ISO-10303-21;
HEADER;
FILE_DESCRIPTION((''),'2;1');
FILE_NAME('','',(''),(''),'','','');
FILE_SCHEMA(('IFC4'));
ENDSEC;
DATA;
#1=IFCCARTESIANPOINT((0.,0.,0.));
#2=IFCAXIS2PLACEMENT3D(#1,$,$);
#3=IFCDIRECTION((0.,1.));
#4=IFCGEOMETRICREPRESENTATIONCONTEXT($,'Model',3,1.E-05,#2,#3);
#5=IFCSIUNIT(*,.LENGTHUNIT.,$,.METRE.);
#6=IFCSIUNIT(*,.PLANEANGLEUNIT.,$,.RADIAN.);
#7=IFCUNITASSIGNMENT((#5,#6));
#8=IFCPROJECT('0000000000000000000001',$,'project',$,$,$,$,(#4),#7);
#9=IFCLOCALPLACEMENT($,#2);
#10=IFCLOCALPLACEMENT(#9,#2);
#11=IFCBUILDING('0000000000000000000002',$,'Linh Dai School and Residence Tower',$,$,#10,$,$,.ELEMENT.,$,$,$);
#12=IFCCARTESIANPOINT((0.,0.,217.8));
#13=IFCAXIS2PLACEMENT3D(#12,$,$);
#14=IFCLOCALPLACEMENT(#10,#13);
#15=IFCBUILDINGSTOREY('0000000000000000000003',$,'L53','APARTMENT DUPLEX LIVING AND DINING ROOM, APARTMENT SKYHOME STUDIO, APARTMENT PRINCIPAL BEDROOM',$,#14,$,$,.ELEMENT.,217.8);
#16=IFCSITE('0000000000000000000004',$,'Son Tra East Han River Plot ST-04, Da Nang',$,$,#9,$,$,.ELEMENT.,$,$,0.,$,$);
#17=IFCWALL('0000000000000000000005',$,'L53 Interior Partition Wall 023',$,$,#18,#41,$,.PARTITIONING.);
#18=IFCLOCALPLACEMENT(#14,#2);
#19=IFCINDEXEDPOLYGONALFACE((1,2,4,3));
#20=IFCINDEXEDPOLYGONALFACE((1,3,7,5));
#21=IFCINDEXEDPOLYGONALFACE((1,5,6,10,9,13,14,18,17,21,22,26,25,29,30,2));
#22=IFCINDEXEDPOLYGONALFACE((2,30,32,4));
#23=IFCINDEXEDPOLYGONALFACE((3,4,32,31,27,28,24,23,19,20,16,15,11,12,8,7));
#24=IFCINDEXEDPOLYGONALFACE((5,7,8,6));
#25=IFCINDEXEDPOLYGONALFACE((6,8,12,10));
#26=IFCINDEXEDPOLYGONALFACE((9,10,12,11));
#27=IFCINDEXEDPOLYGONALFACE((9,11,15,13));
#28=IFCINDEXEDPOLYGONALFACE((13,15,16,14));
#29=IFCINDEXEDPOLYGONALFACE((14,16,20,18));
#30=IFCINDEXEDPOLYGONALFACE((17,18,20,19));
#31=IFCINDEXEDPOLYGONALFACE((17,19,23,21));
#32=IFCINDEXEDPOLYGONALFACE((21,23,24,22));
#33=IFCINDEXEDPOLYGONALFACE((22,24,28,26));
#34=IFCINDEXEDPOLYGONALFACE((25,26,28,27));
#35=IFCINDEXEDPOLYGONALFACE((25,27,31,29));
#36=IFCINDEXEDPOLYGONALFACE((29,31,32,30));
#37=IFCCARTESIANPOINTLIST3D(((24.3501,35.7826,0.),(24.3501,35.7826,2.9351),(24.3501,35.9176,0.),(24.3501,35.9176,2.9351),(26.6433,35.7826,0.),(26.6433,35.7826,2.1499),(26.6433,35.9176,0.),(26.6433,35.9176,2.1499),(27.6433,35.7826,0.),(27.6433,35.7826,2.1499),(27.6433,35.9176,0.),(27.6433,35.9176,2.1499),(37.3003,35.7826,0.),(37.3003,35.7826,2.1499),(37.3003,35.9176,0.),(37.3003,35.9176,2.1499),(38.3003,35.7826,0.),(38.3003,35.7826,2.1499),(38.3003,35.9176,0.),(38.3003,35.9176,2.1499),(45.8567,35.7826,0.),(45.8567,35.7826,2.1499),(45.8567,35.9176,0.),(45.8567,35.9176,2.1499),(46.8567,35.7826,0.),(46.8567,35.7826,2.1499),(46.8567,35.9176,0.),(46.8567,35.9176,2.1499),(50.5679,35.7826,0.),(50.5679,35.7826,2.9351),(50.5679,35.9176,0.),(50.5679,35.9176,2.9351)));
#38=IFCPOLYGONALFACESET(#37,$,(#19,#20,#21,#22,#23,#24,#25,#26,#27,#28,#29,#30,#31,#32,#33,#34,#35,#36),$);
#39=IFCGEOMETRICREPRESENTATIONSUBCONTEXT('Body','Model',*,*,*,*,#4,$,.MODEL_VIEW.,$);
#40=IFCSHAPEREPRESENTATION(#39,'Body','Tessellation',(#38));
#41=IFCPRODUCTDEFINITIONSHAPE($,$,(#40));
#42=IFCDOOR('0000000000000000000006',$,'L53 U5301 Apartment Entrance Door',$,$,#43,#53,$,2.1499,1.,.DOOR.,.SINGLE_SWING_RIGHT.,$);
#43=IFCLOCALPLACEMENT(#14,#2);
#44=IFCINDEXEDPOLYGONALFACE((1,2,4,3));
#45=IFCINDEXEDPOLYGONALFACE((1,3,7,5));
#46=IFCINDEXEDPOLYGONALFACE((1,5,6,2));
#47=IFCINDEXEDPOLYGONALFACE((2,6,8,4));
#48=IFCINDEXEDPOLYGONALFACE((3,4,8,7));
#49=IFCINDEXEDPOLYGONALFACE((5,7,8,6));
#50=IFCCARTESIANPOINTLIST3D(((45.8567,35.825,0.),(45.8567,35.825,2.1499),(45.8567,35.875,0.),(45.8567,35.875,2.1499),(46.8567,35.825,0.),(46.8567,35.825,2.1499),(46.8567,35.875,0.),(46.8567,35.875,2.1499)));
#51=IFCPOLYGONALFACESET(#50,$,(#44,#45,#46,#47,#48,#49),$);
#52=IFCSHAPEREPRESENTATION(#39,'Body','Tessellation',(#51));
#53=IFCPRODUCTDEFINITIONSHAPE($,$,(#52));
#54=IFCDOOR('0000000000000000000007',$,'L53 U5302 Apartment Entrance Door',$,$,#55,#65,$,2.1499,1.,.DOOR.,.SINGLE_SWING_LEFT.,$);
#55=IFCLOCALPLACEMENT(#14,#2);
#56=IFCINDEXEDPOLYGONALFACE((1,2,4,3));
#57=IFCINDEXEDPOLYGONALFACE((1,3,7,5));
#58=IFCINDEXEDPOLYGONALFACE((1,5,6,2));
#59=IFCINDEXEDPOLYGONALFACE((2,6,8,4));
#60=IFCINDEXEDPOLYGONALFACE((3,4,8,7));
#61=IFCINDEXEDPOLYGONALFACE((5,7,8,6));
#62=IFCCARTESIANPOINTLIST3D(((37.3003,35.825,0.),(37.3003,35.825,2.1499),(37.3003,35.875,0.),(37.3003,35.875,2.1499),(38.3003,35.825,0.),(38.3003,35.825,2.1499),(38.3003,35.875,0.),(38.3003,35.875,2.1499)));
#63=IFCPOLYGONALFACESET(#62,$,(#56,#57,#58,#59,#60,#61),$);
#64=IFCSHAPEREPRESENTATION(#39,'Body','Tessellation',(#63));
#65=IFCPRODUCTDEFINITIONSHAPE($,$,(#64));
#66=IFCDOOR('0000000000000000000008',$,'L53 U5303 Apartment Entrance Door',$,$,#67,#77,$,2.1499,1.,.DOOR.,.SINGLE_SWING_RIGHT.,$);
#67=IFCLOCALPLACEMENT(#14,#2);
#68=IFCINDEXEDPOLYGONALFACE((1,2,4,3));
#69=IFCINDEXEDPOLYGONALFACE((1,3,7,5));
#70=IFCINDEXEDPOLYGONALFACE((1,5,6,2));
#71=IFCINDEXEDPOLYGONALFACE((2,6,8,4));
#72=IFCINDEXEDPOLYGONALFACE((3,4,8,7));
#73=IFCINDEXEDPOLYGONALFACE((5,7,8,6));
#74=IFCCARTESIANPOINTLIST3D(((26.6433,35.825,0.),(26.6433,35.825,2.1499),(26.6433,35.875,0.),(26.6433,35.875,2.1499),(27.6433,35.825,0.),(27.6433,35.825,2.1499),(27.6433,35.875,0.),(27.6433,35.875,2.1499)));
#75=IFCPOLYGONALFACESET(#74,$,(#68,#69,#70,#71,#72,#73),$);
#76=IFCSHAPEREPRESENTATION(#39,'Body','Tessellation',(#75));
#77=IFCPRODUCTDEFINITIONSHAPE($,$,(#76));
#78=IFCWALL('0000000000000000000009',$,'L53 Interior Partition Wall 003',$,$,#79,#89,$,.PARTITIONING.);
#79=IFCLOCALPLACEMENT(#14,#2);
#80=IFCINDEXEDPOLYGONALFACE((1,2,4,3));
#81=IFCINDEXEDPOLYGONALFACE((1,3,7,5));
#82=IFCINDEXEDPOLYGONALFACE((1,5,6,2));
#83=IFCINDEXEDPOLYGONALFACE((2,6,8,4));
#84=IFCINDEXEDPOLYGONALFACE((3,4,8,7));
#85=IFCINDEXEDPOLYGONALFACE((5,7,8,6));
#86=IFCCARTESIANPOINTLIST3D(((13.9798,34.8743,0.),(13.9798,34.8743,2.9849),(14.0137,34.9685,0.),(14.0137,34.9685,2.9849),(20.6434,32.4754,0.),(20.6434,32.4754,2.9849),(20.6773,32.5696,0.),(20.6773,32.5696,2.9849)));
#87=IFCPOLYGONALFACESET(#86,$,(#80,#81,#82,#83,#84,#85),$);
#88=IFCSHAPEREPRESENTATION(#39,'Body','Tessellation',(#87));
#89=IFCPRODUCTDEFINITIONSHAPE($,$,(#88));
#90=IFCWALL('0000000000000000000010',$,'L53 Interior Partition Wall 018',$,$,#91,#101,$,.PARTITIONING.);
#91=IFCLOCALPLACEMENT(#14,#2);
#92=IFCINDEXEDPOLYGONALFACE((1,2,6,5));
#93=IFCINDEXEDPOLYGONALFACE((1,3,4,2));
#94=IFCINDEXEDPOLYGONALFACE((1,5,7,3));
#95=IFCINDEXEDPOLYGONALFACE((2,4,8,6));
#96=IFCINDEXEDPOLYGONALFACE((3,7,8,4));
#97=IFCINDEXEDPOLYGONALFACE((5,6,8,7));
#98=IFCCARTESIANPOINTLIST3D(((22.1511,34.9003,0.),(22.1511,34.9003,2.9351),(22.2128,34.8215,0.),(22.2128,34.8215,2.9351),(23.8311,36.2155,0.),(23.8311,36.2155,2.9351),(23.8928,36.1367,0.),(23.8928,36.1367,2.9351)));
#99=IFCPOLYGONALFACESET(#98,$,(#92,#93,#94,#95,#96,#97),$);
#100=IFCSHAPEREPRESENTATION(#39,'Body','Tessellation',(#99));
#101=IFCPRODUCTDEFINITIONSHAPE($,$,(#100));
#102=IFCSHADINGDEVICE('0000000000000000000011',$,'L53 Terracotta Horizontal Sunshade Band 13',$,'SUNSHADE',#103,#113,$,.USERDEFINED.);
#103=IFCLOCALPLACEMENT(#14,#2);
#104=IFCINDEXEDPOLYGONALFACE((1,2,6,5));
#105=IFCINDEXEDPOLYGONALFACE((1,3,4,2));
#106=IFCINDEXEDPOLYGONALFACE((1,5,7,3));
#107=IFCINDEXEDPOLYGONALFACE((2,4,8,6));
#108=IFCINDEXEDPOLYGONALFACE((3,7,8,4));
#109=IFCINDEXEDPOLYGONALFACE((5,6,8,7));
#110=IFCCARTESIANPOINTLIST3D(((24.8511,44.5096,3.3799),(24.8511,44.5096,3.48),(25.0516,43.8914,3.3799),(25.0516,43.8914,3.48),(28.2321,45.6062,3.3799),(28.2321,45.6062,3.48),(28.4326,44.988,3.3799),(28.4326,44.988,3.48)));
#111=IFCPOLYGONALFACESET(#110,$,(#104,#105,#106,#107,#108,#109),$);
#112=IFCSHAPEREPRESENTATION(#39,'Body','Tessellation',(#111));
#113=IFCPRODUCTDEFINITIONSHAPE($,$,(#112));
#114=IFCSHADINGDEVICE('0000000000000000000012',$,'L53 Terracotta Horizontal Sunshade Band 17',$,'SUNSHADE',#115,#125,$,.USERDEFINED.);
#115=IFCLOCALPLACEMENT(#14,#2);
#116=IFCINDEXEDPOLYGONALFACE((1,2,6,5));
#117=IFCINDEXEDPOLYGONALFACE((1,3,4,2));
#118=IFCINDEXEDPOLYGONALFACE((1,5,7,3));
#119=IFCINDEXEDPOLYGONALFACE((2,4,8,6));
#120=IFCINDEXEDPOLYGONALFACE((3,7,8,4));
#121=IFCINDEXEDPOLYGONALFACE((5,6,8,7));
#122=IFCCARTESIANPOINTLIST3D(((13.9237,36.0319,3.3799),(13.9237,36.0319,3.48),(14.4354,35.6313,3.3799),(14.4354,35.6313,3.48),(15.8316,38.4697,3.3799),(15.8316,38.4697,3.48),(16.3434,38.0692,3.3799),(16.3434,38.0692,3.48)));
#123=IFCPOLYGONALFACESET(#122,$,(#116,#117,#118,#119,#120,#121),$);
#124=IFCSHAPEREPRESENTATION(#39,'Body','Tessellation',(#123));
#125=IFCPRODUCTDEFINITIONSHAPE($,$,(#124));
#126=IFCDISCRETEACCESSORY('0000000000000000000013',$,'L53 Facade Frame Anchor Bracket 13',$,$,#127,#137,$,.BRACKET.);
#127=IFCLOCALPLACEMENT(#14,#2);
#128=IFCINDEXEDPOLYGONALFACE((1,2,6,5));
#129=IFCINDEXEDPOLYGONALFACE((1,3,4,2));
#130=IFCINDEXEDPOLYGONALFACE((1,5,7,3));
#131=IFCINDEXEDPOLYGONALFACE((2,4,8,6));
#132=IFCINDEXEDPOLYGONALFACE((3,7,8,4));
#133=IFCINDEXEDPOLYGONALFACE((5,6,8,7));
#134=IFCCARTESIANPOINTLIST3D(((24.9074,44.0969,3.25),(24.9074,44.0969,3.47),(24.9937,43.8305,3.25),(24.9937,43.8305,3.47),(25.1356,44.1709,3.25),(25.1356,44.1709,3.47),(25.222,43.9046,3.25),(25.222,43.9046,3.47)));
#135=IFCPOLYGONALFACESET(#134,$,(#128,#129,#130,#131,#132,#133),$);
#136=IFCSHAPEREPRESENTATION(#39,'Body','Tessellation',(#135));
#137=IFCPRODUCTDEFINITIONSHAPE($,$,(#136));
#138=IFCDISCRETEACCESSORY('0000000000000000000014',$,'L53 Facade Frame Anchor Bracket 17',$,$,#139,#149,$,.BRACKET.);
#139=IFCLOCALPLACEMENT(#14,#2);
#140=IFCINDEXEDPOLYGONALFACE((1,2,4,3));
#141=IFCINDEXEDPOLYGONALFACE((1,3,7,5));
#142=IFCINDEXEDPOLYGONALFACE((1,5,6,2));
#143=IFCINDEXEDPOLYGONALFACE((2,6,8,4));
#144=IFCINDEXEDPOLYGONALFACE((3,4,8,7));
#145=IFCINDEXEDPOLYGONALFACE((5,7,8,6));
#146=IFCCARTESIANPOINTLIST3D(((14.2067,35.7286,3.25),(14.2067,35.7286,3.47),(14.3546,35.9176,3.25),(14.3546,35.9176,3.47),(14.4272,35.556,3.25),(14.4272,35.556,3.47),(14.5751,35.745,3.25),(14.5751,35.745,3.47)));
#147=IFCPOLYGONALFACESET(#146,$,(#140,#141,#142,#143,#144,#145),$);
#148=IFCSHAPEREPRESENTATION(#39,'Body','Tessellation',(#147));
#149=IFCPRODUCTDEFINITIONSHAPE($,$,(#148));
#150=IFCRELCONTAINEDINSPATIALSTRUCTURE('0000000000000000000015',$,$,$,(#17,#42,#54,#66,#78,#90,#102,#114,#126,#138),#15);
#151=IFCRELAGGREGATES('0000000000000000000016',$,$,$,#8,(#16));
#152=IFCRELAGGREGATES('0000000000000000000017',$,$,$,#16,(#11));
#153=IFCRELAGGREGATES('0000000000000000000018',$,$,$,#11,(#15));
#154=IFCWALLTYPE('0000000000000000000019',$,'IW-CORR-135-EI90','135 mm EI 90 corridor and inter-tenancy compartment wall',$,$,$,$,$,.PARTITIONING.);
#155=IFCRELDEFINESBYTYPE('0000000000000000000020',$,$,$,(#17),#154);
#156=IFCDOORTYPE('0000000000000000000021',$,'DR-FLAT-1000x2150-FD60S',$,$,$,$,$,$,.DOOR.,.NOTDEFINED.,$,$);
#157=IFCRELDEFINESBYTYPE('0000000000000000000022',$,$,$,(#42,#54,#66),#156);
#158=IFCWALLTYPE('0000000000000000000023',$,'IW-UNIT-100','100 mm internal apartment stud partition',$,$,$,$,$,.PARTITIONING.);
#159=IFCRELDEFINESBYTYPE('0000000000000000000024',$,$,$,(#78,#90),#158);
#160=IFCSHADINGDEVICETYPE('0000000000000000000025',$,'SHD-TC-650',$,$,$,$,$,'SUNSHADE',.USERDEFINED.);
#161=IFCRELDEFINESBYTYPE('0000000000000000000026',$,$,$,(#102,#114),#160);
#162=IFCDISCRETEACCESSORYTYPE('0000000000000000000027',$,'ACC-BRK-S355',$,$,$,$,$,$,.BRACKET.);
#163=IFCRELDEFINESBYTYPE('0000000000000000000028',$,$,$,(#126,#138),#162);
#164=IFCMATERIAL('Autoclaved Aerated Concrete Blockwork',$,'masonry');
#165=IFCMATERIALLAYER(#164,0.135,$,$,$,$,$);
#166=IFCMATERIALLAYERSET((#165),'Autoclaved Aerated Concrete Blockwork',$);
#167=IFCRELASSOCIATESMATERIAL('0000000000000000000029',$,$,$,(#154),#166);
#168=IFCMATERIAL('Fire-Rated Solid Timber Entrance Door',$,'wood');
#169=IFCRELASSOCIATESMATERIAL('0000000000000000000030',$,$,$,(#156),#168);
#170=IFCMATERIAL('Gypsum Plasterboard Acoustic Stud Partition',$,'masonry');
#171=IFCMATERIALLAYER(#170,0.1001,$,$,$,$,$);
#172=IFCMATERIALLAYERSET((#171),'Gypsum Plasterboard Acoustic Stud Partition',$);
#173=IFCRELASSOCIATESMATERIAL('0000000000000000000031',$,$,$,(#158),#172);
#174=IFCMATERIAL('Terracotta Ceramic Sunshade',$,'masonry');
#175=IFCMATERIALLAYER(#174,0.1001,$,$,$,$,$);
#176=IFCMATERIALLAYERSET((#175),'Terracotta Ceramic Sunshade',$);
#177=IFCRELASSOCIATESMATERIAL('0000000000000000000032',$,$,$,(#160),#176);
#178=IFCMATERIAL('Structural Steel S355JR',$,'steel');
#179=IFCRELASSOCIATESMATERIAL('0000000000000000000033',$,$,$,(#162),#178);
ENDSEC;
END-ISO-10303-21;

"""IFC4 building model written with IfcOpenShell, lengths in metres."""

from ifc_helpers import new_model, si_unit, direction, frame, frame_2d, origin, origin_2d, place, context, subcontext, project, spatial, rectangle, extrude, source, transform, mapped, material, layer, layer_set, type_object, element, fill, save


model = new_model("IFC4")

# Units and contexts
model_context = context("Model", 3, precision=1e-05, world=origin(), true_north=direction((0.0, 1.0)))
body_context = subcontext(model_context, "Body", "Model", "MODEL_VIEW")
ifc_project = project(units=[si_unit("LENGTHUNIT", "METRE"), si_unit("PLANEANGLEUNIT", "RADIAN")], contexts=[model_context])

# Site, building, storey
site_placement = place(None, origin())
site = spatial("IfcSite", under=ifc_project, at=site_placement, Name="Son Tra East Han River Plot ST-04, Da Nang", CompositionType="ELEMENT", RefElevation=0.0)
building_placement = place(site_placement, origin())
building = spatial("IfcBuilding", under=site, at=building_placement, Name="Linh Dai School and Residence Tower", CompositionType="ELEMENT")
storey_placement = place(building_placement, frame((0.0, 0.0, 217.8)))
storey = spatial("IfcBuildingStorey", under=building, at=storey_placement, Name="L53", Description="APARTMENT DUPLEX LIVING AND DINING ROOM, APARTMENT SKYHOME STUDIO, APARTMENT PRINCIPAL BEDROOM", CompositionType="ELEMENT", Elevation=217.8)

# Shared definitions
ifc_material_1 = material(Name="Structural Steel S355JR", Category="steel")

# Shared definitions
ifc_material_2 = material(Name="Autoclaved Aerated Concrete Blockwork", Category="masonry")
ifc_layer_1 = layer(ifc_material_2, 0.135)
ifc_layer_set_1 = layer_set([ifc_layer_1], Name="Autoclaved Aerated Concrete Blockwork")
wall_type_1 = type_object("IfcWallType", Name="IW-CORR-135-EI90", Description="135 mm EI 90 corridor and inter-tenancy compartment wall", PredefinedType="PARTITIONING", material=ifc_layer_set_1)

# Wall, openings, doors
wall_1_placement = place(storey_placement, frame((24.3501, 35.8501, 0.0), z_axis=(0.0, 0.0, 1.0), x_axis=(1.0, 0.0, 0.0)))
wall_1 = element("IfcWall", 1, at=wall_1_placement, inside=storey, type_object=wall_type_1, Name="L53 Interior Partition Wall 023", PredefinedType="PARTITIONING", context=body_context, shape_type="SweptSolid", body=[
    extrude(rectangle(XDim=26.2178, YDim=0.135, at=frame_2d((13.1089, 0.0))), origin(), (0.0, 0.0, 1.0), 2.9351),
])
opening_1_placement = place(wall_1_placement, frame((21.5066, 0.0, 0.0)))
opening_1 = element("IfcOpeningElement", 2, at=opening_1_placement, cuts=wall_1, PredefinedType="OPENING", context=body_context, shape_type="SweptSolid", body=[
    extrude(rectangle(XDim=1.0, YDim=2.1499, at=origin_2d()), frame((0.5, 0.0776, 1.075), z_axis=(0.0, -1.0, 0.0), x_axis=(1.0, 0.0, 0.0)), (0.0, 0.0, 1.0), 0.155),
])
opening_2_placement = place(wall_1_placement, frame((12.9502, 0.0, 0.0)))
opening_2 = element("IfcOpeningElement", 3, at=opening_2_placement, cuts=wall_1, PredefinedType="OPENING", context=body_context, shape_type="SweptSolid", body=[
    extrude(rectangle(XDim=1.0, YDim=2.1499, at=origin_2d()), frame((0.5, 0.0776, 1.075), z_axis=(0.0, -1.0, 0.0), x_axis=(1.0, 0.0, 0.0)), (0.0, 0.0, 1.0), 0.155),
])
opening_3_placement = place(wall_1_placement, frame((2.2932, 0.0, 0.0)))
opening_3 = element("IfcOpeningElement", 4, at=opening_3_placement, cuts=wall_1, PredefinedType="OPENING", context=body_context, shape_type="SweptSolid", body=[
    extrude(rectangle(XDim=1.0, YDim=2.1499, at=origin_2d()), frame((0.5, 0.0776, 1.075), z_axis=(0.0, -1.0, 0.0), x_axis=(1.0, 0.0, 0.0)), (0.0, 0.0, 1.0), 0.155),
])
ifc_material_3 = material(Name="Fire-Rated Solid Timber Entrance Door", Category="wood")
door_type_1 = type_object("IfcDoorType", Name="DR-FLAT-1000x2150-FD60S", OperationType="NOTDEFINED", PredefinedType="DOOR", material=ifc_material_3)
shared_shape_1 = source(origin(), body_context, "Body", "SweptSolid", [
    extrude(rectangle(XDim=1.0, YDim=2.1499, at=origin_2d()), frame((0.5, 0.0249, 1.075), z_axis=(0.0, -1.0, 0.0), x_axis=(1.0, 0.0, 0.0)), (0.0, 0.0, 1.0), 0.05),
])
door_1_placement = place(opening_1_placement, origin())
door_1 = element("IfcDoor", 5, at=door_1_placement, inside=storey, type_object=door_type_1, Name="L53 U5301 Apartment Entrance Door", OperationType="SINGLE_SWING_RIGHT", OverallHeight=2.1499, OverallWidth=1.0, PredefinedType="DOOR", context=body_context, shape_type="MappedRepresentation", body=[
    mapped(shared_shape_1, transform((0.0, 0.0, 0.0), x_axis=(1.0, 0.0, 0.0), y_axis=(0.0, 1.0, 0.0), z_axis=(0.0, 0.0, 1.0), scale=1.0)),
])
fill(opening_1, door_1)
door_2_placement = place(opening_2_placement, origin())
door_2 = element("IfcDoor", 6, at=door_2_placement, inside=storey, type_object=door_type_1, Name="L53 U5302 Apartment Entrance Door", OperationType="SINGLE_SWING_LEFT", OverallHeight=2.1499, OverallWidth=1.0, PredefinedType="DOOR", context=body_context, shape_type="MappedRepresentation", body=[
    mapped(shared_shape_1, transform((0.0, 0.0, 0.0), x_axis=(1.0, 0.0, 0.0), y_axis=(0.0, 1.0, 0.0), z_axis=(0.0, 0.0, 1.0), scale=1.0)),
])
fill(opening_2, door_2)
door_3_placement = place(opening_3_placement, origin())
door_3 = element("IfcDoor", 7, at=door_3_placement, inside=storey, type_object=door_type_1, Name="L53 U5303 Apartment Entrance Door", OperationType="SINGLE_SWING_RIGHT", OverallHeight=2.1499, OverallWidth=1.0, PredefinedType="DOOR", context=body_context, shape_type="MappedRepresentation", body=[
    mapped(shared_shape_1, transform((0.0, 0.0, 0.0), x_axis=(1.0, 0.0, 0.0), y_axis=(0.0, 1.0, 0.0), z_axis=(0.0, 0.0, 1.0), scale=1.0)),
])
fill(opening_3, door_3)

# Walls
ifc_material_4 = material(Name="Gypsum Plasterboard Acoustic Stud Partition", Category="masonry")
ifc_layer_2 = layer(ifc_material_4, 0.1001)
ifc_layer_set_2 = layer_set([ifc_layer_2], Name="Gypsum Plasterboard Acoustic Stud Partition")
wall_type_2 = type_object("IfcWallType", Name="IW-UNIT-100", Description="100 mm internal apartment stud partition", PredefinedType="PARTITIONING", material=ifc_layer_set_2)
wall_2_placement = place(storey_placement, frame((13.9968, 34.9214, 0.0), z_axis=(0.0, 0.0, 1.0), x_axis=(0.940886, -0.338724, 0.0)))
element("IfcWall", 8, at=wall_2_placement, inside=storey, type_object=wall_type_2, Name="L53 Interior Partition Wall 003", PredefinedType="PARTITIONING", context=body_context, shape_type="SweptSolid", body=[
    extrude(rectangle(XDim=7.0823, YDim=0.1001, at=frame_2d((3.541, 0.0))), origin(), (0.0, 0.0, 1.0), 2.9849),
])
wall_3_placement = place(storey_placement, frame((22.1819, 34.8608, 0.0), z_axis=(0.0, 0.0, 1.0), x_axis=(0.787401, 0.616441, 0.0)))
element("IfcWall", 9, at=wall_3_placement, inside=storey, type_object=wall_type_2, Name="L53 Interior Partition Wall 018", PredefinedType="PARTITIONING", context=body_context, shape_type="SweptSolid", body=[
    extrude(rectangle(XDim=2.1335, YDim=0.1001, at=frame_2d((1.0669, 0.0))), origin(), (0.0, 0.0, 1.0), 2.9351),
])

# Shading devices
ifc_material_5 = material(Name="Terracotta Ceramic Sunshade", Category="masonry")
ifc_layer_3 = layer(ifc_material_5, 0.1001)
ifc_layer_set_3 = layer_set([ifc_layer_3], Name="Terracotta Ceramic Sunshade")
shading_device_type = type_object("IfcShadingDeviceType", Name="SHD-TC-650", ElementType="SUNSHADE", PredefinedType="USERDEFINED", material=ifc_layer_set_3)
shared_shape_2 = source(origin(), body_context, "Body", "SweptSolid", [
    extrude(rectangle(XDim=3.5544, YDim=0.6499, at=origin_2d()), origin(), (0.0, 0.0, 1.0), 0.1001),
])
shading_device_1_placement = place(storey_placement, frame((26.6418, 44.7488, 3.3799), z_axis=(0.0, 0.0, 1.0), x_axis=(0.951224, 0.308501, 0.0)))
element("IfcShadingDevice", 10, at=shading_device_1_placement, inside=storey, type_object=shading_device_type, Name="L53 Terracotta Horizontal Sunshade Band 13", ObjectType="SUNSHADE", PredefinedType="USERDEFINED", context=body_context, shape_type="MappedRepresentation", body=[
    mapped(shared_shape_2, transform((0.0, 0.0, 0.0), x_axis=(1.0, 0.0, 0.0), y_axis=(0.0, 1.0, 0.0), z_axis=(0.0, 0.0, 1.0), scale=1.0)),
])
shared_shape_3 = source(origin(), body_context, "Body", "SweptSolid", [
    extrude(rectangle(XDim=3.0957, YDim=0.6499, at=origin_2d()), origin(), (0.0, 0.0, 1.0), 0.1001),
])
shading_device_2_placement = place(storey_placement, frame((15.1335, 37.0505, 3.3799), z_axis=(0.0, 0.0, 1.0), x_axis=(0.616332, 0.787487, 0.0)))
element("IfcShadingDevice", 11, at=shading_device_2_placement, inside=storey, type_object=shading_device_type, Name="L53 Terracotta Horizontal Sunshade Band 17", ObjectType="SUNSHADE", PredefinedType="USERDEFINED", context=body_context, shape_type="MappedRepresentation", body=[
    mapped(shared_shape_3, transform((0.0, 0.0, 0.0), x_axis=(1.0, 0.0, 0.0), y_axis=(0.0, 1.0, 0.0), z_axis=(0.0, 0.0, 1.0), scale=1.0)),
])

# Discrete accessories
discrete_accessory_type = type_object("IfcDiscreteAccessoryType", Name="ACC-BRK-S355", PredefinedType="BRACKET", material=ifc_material_1)
shared_shape_4 = source(origin(), body_context, "Body", "SweptSolid", [
    extrude(rectangle(XDim=0.28, YDim=0.24, at=origin_2d()), origin(), (0.0, 0.0, 1.0), 0.22),
])
for number, where, z_axis, x_axis, name in (
    (12, (25.0647, 44.0007, 3.25), (0.0, 0.0, 1.0), (-0.308501, 0.951224, 0.0), "L53 Facade Frame Anchor Bracket 13"),
    (13, (14.3909, 35.7368, 3.25), (0.0, 0.0, 1.0), (-0.787487, 0.616332, 0.0), "L53 Facade Frame Anchor Bracket 17"),
):
    element("IfcDiscreteAccessory", number, at=place(storey_placement, frame(where, z_axis=z_axis, x_axis=x_axis)), inside=storey, type_object=discrete_accessory_type, Name=name, PredefinedType="BRACKET", context=body_context, shape_type="MappedRepresentation", body=[
        mapped(shared_shape_4, transform((0.0, 0.0, 0.0), x_axis=(1.0, 0.0, 0.0), y_axis=(0.0, 1.0, 0.0), z_axis=(0.0, 0.0, 1.0), scale=1.0)),
    ])

save(model, "model.ifc")
